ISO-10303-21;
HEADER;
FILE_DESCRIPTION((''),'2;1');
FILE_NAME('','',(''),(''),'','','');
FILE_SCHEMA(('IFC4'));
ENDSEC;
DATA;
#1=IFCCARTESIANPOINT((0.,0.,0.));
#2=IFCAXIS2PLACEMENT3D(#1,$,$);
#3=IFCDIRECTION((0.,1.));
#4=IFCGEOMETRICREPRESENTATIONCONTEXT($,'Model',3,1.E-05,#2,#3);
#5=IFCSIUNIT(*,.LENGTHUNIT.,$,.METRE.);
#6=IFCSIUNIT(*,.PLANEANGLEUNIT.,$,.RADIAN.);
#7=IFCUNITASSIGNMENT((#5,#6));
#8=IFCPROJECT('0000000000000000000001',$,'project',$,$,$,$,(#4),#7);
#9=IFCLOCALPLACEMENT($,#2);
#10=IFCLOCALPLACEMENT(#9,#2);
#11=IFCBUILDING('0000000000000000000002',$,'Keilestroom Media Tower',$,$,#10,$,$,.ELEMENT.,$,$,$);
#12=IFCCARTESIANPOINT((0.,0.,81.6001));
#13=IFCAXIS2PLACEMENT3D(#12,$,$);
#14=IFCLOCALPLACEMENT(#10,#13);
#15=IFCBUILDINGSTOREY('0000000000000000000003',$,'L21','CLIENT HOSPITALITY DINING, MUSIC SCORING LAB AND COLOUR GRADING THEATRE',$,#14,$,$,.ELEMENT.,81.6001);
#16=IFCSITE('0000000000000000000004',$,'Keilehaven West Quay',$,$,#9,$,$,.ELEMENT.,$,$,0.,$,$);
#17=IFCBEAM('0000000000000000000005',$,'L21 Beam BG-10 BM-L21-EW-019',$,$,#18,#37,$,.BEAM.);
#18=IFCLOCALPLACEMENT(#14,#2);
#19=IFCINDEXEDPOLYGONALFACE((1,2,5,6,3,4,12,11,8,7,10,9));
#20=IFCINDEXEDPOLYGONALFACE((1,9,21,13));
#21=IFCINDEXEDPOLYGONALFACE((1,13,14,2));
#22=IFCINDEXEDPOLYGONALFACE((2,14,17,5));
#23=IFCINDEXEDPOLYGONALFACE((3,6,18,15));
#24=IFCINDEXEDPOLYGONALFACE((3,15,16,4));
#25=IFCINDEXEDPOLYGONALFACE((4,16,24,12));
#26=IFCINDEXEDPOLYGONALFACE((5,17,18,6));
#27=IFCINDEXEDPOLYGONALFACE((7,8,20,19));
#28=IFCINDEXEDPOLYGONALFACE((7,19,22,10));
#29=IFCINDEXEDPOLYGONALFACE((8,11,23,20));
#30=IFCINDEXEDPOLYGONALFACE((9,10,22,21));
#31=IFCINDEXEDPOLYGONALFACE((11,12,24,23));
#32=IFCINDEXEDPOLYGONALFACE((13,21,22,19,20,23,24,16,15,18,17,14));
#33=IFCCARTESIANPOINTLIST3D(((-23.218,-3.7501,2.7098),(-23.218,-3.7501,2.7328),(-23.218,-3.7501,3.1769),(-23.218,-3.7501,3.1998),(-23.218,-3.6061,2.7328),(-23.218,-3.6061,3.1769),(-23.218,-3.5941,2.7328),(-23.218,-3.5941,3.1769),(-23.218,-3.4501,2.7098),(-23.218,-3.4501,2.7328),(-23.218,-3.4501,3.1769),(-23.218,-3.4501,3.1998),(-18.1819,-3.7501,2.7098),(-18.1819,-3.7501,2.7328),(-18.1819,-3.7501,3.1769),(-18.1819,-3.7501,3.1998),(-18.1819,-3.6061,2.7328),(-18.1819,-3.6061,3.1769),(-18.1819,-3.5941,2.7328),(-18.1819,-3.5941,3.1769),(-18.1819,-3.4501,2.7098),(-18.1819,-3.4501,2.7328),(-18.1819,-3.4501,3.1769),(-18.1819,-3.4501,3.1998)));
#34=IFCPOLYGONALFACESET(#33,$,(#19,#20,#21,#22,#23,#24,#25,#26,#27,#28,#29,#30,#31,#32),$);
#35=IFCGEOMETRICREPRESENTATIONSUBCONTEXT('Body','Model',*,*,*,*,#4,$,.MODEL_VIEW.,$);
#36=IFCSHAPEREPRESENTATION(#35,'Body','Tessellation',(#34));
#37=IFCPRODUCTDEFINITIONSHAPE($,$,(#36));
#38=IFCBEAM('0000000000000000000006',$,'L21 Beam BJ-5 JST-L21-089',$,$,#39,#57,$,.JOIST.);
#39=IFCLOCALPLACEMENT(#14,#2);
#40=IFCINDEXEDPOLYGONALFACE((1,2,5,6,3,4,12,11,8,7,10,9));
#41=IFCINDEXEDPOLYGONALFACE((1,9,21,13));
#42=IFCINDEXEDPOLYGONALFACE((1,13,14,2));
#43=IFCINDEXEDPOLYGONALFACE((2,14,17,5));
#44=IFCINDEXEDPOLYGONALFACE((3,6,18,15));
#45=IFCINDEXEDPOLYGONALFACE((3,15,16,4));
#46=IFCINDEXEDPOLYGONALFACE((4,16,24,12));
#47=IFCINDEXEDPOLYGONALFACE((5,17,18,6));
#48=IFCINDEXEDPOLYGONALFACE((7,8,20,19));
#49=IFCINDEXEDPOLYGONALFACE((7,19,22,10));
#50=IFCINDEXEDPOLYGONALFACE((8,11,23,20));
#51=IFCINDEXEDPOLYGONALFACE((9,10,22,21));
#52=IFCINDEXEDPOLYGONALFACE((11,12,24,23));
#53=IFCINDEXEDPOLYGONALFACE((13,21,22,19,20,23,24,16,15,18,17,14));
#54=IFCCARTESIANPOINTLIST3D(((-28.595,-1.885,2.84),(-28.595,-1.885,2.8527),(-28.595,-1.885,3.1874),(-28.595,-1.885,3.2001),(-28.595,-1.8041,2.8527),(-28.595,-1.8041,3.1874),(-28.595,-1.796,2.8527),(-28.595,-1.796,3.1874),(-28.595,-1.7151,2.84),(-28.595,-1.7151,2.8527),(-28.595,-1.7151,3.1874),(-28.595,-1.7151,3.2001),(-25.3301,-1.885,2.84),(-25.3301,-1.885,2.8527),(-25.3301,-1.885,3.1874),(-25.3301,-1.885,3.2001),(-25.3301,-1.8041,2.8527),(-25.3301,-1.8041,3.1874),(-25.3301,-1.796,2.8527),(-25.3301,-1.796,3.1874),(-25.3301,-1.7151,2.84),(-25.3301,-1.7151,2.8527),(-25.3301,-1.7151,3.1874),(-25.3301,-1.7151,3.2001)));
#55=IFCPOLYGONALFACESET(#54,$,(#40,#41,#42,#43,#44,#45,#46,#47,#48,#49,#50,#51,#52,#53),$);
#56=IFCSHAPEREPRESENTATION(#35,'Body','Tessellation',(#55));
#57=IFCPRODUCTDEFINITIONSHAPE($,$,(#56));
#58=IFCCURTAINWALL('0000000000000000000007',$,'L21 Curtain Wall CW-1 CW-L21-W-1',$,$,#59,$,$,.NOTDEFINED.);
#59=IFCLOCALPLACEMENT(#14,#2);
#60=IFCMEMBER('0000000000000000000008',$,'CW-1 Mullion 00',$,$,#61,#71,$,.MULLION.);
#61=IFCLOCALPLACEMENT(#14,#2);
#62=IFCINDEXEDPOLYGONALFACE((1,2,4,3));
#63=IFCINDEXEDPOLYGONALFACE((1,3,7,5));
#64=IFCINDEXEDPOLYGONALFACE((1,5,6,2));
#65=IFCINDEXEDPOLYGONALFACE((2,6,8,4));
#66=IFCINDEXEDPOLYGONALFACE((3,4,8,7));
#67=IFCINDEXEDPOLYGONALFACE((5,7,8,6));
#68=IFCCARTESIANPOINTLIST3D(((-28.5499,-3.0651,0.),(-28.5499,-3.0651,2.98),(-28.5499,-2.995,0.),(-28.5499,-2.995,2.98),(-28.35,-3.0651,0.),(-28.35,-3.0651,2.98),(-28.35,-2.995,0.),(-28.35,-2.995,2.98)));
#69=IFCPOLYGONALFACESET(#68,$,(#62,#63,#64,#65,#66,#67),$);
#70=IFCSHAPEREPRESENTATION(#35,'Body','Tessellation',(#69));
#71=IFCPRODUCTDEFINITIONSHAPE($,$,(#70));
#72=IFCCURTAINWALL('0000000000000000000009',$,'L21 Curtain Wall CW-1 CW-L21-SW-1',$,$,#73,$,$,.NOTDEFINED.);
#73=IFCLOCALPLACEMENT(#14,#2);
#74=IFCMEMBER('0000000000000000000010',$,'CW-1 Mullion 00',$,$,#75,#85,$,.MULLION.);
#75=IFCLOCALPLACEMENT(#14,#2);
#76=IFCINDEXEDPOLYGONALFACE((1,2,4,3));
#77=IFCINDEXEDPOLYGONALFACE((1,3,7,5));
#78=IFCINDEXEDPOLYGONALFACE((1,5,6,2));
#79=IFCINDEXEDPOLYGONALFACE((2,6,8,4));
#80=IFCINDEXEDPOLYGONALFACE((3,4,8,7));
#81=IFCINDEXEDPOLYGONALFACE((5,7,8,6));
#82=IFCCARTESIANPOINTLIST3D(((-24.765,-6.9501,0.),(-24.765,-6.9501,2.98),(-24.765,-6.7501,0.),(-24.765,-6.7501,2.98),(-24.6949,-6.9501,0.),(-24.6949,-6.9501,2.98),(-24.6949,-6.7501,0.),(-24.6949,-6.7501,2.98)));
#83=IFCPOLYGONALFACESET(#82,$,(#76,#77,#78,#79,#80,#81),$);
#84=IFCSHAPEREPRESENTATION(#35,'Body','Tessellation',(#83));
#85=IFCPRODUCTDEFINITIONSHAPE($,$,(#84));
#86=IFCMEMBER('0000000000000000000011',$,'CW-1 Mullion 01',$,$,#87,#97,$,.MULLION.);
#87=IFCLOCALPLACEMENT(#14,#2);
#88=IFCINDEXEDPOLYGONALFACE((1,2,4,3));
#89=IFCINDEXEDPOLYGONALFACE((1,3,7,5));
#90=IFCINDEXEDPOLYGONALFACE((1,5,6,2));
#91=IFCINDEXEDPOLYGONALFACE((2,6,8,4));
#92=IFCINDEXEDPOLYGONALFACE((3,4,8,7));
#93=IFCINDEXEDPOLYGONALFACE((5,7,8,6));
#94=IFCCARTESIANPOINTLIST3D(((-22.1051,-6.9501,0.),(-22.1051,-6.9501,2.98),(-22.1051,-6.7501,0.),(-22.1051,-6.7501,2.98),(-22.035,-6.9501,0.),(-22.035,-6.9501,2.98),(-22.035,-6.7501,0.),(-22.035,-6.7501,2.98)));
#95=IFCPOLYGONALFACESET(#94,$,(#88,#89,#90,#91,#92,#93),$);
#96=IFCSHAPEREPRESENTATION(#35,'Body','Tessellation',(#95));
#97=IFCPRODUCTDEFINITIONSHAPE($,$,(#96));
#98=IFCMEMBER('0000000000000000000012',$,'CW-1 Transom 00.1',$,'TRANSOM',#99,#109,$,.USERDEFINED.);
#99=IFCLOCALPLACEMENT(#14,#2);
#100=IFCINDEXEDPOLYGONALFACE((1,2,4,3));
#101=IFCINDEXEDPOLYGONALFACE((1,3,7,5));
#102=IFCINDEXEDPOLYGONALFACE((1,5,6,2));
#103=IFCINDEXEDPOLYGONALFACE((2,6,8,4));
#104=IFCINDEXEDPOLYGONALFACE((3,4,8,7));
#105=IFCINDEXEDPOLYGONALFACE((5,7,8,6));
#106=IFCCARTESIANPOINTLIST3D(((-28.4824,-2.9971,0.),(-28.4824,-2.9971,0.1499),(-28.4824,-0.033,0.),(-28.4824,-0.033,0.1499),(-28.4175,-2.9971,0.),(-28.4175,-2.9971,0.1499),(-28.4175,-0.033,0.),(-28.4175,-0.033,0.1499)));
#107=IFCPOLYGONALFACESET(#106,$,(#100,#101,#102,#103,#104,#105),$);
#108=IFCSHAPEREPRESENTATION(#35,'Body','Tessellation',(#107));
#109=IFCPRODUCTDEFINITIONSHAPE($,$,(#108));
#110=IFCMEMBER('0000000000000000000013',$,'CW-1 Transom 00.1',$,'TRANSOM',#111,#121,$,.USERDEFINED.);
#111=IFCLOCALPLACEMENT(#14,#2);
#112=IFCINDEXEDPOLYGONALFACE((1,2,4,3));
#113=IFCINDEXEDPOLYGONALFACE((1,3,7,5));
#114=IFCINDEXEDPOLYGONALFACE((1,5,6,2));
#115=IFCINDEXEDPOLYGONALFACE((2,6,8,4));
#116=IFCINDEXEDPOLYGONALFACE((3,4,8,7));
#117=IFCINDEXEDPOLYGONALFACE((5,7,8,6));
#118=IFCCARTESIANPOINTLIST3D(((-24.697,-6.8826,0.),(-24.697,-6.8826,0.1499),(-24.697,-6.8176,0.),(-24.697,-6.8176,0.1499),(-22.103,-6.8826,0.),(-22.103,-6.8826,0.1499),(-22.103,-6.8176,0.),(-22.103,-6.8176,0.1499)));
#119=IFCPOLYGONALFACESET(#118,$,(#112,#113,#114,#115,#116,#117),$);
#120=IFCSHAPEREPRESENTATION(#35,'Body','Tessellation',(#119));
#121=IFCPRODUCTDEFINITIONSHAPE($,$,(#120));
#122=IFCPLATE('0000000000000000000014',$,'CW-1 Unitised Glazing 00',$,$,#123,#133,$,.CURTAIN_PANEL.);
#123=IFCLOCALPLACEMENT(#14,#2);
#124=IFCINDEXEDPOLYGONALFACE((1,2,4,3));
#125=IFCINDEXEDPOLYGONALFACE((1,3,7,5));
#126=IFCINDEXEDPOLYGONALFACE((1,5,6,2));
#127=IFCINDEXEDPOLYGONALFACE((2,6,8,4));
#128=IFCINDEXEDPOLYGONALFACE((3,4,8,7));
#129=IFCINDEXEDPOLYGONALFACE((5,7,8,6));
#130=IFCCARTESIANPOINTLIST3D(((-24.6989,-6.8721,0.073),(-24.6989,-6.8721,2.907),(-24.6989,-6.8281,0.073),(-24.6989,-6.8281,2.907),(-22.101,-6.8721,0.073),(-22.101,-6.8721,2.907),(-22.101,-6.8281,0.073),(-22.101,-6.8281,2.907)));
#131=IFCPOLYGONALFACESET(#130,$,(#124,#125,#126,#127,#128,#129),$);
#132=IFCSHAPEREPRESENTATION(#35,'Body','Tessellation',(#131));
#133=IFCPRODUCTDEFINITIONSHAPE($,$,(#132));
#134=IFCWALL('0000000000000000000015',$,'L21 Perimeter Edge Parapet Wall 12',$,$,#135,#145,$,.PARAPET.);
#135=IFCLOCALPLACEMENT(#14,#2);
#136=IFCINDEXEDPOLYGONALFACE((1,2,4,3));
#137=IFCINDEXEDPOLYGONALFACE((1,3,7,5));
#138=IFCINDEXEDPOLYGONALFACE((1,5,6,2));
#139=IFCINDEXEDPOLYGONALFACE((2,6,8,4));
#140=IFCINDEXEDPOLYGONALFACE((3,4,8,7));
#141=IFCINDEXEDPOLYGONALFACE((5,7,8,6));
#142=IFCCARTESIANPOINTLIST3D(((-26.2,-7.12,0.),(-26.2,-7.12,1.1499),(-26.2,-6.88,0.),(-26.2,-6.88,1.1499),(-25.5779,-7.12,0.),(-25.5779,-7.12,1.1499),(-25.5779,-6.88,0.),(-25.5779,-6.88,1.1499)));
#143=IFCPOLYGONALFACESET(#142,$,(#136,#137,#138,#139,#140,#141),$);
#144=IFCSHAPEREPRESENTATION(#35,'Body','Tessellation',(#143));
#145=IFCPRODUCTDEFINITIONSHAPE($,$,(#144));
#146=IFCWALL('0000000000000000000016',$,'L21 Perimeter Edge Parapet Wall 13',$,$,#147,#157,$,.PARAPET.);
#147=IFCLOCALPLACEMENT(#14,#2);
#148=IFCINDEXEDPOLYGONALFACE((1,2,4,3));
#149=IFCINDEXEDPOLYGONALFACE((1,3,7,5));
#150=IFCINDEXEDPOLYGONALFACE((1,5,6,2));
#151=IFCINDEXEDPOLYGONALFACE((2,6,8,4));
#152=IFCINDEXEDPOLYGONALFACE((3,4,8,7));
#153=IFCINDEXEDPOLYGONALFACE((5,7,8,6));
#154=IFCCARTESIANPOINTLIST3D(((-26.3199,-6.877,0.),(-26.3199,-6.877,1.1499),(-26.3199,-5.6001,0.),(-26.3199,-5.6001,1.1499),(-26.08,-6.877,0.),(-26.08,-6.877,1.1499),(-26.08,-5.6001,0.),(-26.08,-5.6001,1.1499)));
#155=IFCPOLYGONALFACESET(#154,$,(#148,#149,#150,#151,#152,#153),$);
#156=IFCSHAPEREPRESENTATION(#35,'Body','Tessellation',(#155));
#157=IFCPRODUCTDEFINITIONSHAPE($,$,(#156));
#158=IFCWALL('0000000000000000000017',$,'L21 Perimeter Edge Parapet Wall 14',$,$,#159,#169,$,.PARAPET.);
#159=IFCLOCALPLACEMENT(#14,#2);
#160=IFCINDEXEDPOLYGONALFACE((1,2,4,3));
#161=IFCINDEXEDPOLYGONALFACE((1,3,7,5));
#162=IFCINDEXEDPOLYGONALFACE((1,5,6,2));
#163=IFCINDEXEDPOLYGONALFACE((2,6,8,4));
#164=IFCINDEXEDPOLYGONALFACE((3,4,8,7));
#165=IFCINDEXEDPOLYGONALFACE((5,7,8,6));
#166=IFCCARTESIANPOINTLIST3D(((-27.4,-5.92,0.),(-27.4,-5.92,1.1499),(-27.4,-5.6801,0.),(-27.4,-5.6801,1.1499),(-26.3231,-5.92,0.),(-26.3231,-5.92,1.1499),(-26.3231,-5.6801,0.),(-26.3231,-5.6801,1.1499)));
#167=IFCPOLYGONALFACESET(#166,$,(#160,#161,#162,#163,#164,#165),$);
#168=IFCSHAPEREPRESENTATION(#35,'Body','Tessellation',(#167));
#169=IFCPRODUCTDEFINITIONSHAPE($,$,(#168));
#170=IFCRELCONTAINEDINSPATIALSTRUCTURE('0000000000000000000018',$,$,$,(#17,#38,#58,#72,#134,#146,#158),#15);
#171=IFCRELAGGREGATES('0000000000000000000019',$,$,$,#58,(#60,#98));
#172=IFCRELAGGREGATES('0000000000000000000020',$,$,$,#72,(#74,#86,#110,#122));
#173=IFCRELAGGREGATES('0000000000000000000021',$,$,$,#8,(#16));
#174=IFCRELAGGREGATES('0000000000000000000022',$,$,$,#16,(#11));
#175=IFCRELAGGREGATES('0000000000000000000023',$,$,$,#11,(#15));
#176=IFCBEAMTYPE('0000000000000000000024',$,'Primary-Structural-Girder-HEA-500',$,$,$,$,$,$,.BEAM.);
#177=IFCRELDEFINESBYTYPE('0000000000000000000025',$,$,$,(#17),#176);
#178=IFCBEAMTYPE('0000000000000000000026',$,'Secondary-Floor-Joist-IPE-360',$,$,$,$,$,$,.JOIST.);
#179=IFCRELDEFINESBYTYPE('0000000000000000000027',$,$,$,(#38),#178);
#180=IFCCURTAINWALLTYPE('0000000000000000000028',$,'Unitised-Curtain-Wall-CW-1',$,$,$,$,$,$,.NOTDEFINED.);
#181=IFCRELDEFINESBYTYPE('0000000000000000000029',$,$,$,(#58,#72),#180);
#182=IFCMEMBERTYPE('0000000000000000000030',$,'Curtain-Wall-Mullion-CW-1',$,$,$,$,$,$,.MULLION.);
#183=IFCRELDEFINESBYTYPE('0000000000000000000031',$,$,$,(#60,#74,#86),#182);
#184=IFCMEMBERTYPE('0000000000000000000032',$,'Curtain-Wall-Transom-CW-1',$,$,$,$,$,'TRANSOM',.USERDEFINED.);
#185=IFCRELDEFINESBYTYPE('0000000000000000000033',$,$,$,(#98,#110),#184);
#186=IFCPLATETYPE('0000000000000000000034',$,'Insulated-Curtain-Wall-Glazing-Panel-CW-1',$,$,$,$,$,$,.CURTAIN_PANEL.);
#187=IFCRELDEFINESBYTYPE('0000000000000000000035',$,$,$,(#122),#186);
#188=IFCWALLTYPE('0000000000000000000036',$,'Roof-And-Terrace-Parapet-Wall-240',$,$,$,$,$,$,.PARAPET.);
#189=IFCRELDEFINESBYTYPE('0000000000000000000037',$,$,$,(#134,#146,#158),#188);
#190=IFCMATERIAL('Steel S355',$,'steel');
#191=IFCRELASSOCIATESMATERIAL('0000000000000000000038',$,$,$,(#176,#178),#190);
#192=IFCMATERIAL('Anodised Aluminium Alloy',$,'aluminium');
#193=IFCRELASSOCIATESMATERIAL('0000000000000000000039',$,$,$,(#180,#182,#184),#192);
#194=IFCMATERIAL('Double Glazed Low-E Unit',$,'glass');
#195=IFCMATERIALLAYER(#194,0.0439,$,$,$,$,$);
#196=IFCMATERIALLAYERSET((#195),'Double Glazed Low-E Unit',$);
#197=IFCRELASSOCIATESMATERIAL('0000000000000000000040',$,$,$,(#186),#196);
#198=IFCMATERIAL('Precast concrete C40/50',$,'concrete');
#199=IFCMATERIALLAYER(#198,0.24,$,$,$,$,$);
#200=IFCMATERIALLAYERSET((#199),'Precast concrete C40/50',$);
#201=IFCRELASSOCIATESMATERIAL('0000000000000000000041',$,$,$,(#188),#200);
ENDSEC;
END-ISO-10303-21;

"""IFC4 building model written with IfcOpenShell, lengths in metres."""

from ifc_helpers import new_model, si_unit, direction, frame, frame_2d, origin, origin_2d, place, context, subcontext, project, spatial, rectangle, i_section, extrude, source, transform, mapped, material, layer, layer_set, material_profile, profile_set, type_object, element, aggregate, save


model = new_model("IFC4")

# Units and contexts
model_context = context("Model", 3, precision=1e-05, world=origin(), true_north=direction((0.0, 1.0)))
body_context = subcontext(model_context, "Body", "Model", "MODEL_VIEW")
ifc_project = project(units=[si_unit("LENGTHUNIT", "METRE"), si_unit("PLANEANGLEUNIT", "RADIAN")], contexts=[model_context])

# Site, building, storey
site_placement = place(None, origin())
site = spatial("IfcSite", under=ifc_project, at=site_placement, Name="Keilehaven West Quay", CompositionType="ELEMENT", RefElevation=0.0)
building_placement = place(site_placement, origin())
building = spatial("IfcBuilding", under=site, at=building_placement, Name="Keilestroom Media Tower", CompositionType="ELEMENT")
storey_placement = place(building_placement, frame((0.0, 0.0, 81.6001)))
storey = spatial("IfcBuildingStorey", under=building, at=storey_placement, Name="L21", Description="CLIENT HOSPITALITY DINING, MUSIC SCORING LAB AND COLOUR GRADING THEATRE", CompositionType="ELEMENT", Elevation=81.6001)

# Shared definitions
ifc_material_1 = material(Name="Precast concrete C40/50", Category="concrete")

# Beams
ifc_material_2 = material(Name="Steel S355", Category="steel")
ifc_material_profile_1 = material_profile(ifc_material_2, i_section(OverallWidth=0.3, OverallDepth=0.49, WebThickness=0.012, FlangeThickness=0.0229, at=origin_2d()), Name="HEA 500")
ifc_profile_set_1 = profile_set([ifc_material_profile_1], Name="Steel S355")
beam_type_1 = type_object("IfcBeamType", Name="Primary-Structural-Girder-HEA-500", PredefinedType="BEAM", material=ifc_profile_set_1)
shared_shape_1 = source(origin(), body_context, "Body", "SweptSolid", [
    extrude(i_section(OverallWidth=0.3, OverallDepth=0.49, WebThickness=0.012, FlangeThickness=0.0229, at=origin_2d()), origin(), (0.0, 0.0, 1.0), 5.0361),
])
beam_1_placement = place(storey_placement, frame((-23.218, -3.6001, 2.9548), z_axis=(1.0, 0.0, 0.0), x_axis=(0.0, 1.0, 0.0)))
element("IfcBeam", 1, at=beam_1_placement, inside=storey, type_object=beam_type_1, Name="L21 Beam BG-10 BM-L21-EW-019", PredefinedType="BEAM", context=body_context, shape_type="MappedRepresentation", body=[
    mapped(shared_shape_1, transform((0.0, 0.0, 0.0), x_axis=(1.0, 0.0, 0.0), y_axis=(0.0, 1.0, 0.0), z_axis=(0.0, 0.0, 1.0), scale=1.0)),
])
ifc_material_profile_2 = material_profile(ifc_material_2, i_section(OverallWidth=0.1699, OverallDepth=0.3601, WebThickness=0.0081, FlangeThickness=0.0127, at=origin_2d()), Name="IPE 360")
ifc_profile_set_2 = profile_set([ifc_material_profile_2], Name="Steel S355")
beam_type_2 = type_object("IfcBeamType", Name="Secondary-Floor-Joist-IPE-360", PredefinedType="JOIST", material=ifc_profile_set_2)
shared_shape_2 = source(origin(), body_context, "Body", "SweptSolid", [
    extrude(i_section(OverallWidth=0.1699, OverallDepth=0.3601, WebThickness=0.0081, FlangeThickness=0.0127, at=origin_2d()), origin(), (0.0, 0.0, 1.0), 3.2649),
])
beam_2_placement = place(storey_placement, frame((-28.595, -1.8, 3.02), z_axis=(1.0, 0.0, 0.0), x_axis=(0.0, 1.0, 0.0)))
element("IfcBeam", 2, at=beam_2_placement, inside=storey, type_object=beam_type_2, Name="L21 Beam BJ-5 JST-L21-089", PredefinedType="JOIST", context=body_context, shape_type="MappedRepresentation", body=[
    mapped(shared_shape_2, transform((0.0, 0.0, 0.0), x_axis=(1.0, 0.0, 0.0), y_axis=(0.0, 1.0, 0.0), z_axis=(0.0, 0.0, 1.0), scale=1.0)),
])

# Curtain wall, member
ifc_material_3 = material(Name="Anodised Aluminium Alloy", Category="aluminium")
curtain_wall_type = type_object("IfcCurtainWallType", Name="Unitised-Curtain-Wall-CW-1", PredefinedType="NOTDEFINED", material=ifc_material_3)
curtain_wall_1_placement = place(storey_placement, origin())
curtain_wall_1 = element("IfcCurtainWall", 3, at=curtain_wall_1_placement, inside=storey, type_object=curtain_wall_type, Name="L21 Curtain Wall CW-1 CW-L21-W-1", PredefinedType="NOTDEFINED")
ifc_material_profile_3 = material_profile(ifc_material_3, rectangle(XDim=0.0701, YDim=0.2, at=origin_2d()), Name="ALU MULLION 70x200")
ifc_profile_set_3 = profile_set([ifc_material_profile_3], Name="Anodised Aluminium Alloy")
member_type_1 = type_object("IfcMemberType", Name="Curtain-Wall-Mullion-CW-1", PredefinedType="MULLION", material=ifc_profile_set_3)
shared_shape_3 = source(origin(), body_context, "Body", "SweptSolid", [
    extrude(rectangle(XDim=0.0701, YDim=0.2, at=origin_2d()), origin(), (0.0, 0.0, 1.0), 2.98),
])
member_1_placement = place(storey_placement, frame((-28.45, -3.03, 0.0), z_axis=(0.0, 0.0, 1.0), x_axis=(0.0, 1.0, 0.0)))
member_1 = element("IfcMember", 4, at=member_1_placement, type_object=member_type_1, Name="CW-1 Mullion 00", PredefinedType="MULLION", context=body_context, shape_type="MappedRepresentation", body=[
    mapped(shared_shape_3, transform((0.0, 0.0, 0.0), x_axis=(1.0, 0.0, 0.0), y_axis=(0.0, 1.0, 0.0), z_axis=(0.0, 0.0, 1.0), scale=1.0)),
])

# Curtain wall, members
curtain_wall_2_placement = place(storey_placement, origin())
curtain_wall_2 = element("IfcCurtainWall", 5, at=curtain_wall_2_placement, inside=storey, type_object=curtain_wall_type, Name="L21 Curtain Wall CW-1 CW-L21-SW-1", PredefinedType="NOTDEFINED")
member_2_placement = place(storey_placement, frame((-24.73, -6.8501, 0.0), z_axis=(0.0, 0.0, 1.0), x_axis=(1.0, 0.0, 0.0)))
member_2 = element("IfcMember", 6, at=member_2_placement, type_object=member_type_1, Name="CW-1 Mullion 00", PredefinedType="MULLION", context=body_context, shape_type="MappedRepresentation", body=[
    mapped(shared_shape_3, transform((0.0, 0.0, 0.0), x_axis=(1.0, 0.0, 0.0), y_axis=(0.0, 1.0, 0.0), z_axis=(0.0, 0.0, 1.0), scale=1.0)),
])
member_3_placement = place(storey_placement, frame((-22.0701, -6.8501, 0.0), z_axis=(0.0, 0.0, 1.0), x_axis=(1.0, 0.0, 0.0)))
member_3 = element("IfcMember", 7, at=member_3_placement, type_object=member_type_1, Name="CW-1 Mullion 01", PredefinedType="MULLION", context=body_context, shape_type="MappedRepresentation", body=[
    mapped(shared_shape_3, transform((0.0, 0.0, 0.0), x_axis=(1.0, 0.0, 0.0), y_axis=(0.0, 1.0, 0.0), z_axis=(0.0, 0.0, 1.0), scale=1.0)),
])

# Members
ifc_material_profile_4 = material_profile(ifc_material_3, rectangle(XDim=0.0649, YDim=0.1499, at=origin_2d()), Name="ALU TRANSOM 65x150")
ifc_profile_set_4 = profile_set([ifc_material_profile_4], Name="Anodised Aluminium Alloy")
member_type_2 = type_object("IfcMemberType", Name="Curtain-Wall-Transom-CW-1", ElementType="TRANSOM", PredefinedType="USERDEFINED", material=ifc_profile_set_4)
shared_shape_4 = source(origin(), body_context, "Body", "SweptSolid", [
    extrude(rectangle(XDim=0.0649, YDim=0.1499, at=origin_2d()), origin(), (0.0, 0.0, 1.0), 2.9641),
])
member_4_placement = place(storey_placement, frame((-28.45, -2.9971, 0.075), z_axis=(0.0, 1.0, 0.0), x_axis=(-1.0, 0.0, 0.0)))
member_4 = element("IfcMember", 8, at=member_4_placement, type_object=member_type_2, Name="CW-1 Transom 00.1", ObjectType="TRANSOM", PredefinedType="USERDEFINED", context=body_context, shape_type="MappedRepresentation", body=[
    mapped(shared_shape_4, transform((0.0, 0.0, 0.0), x_axis=(1.0, 0.0, 0.0), y_axis=(0.0, 1.0, 0.0), z_axis=(0.0, 0.0, 1.0), scale=1.0)),
])
aggregate(curtain_wall_1, [member_1, member_4])
shared_shape_5 = source(origin(), body_context, "Body", "SweptSolid", [
    extrude(rectangle(XDim=0.0649, YDim=0.1499, at=origin_2d()), origin(), (0.0, 0.0, 1.0), 2.594),
])
member_5_placement = place(storey_placement, frame((-24.697, -6.8501, 0.075), z_axis=(1.0, 0.0, 0.0), x_axis=(0.0, 1.0, 0.0)))
member_5 = element("IfcMember", 9, at=member_5_placement, type_object=member_type_2, Name="CW-1 Transom 00.1", ObjectType="TRANSOM", PredefinedType="USERDEFINED", context=body_context, shape_type="MappedRepresentation", body=[
    mapped(shared_shape_5, transform((0.0, 0.0, 0.0), x_axis=(1.0, 0.0, 0.0), y_axis=(0.0, 1.0, 0.0), z_axis=(0.0, 0.0, 1.0), scale=1.0)),
])

# Plate
ifc_material_4 = material(Name="Double Glazed Low-E Unit", Category="glass")
ifc_layer_1 = layer(ifc_material_4, 0.0439)
ifc_layer_set_1 = layer_set([ifc_layer_1], Name="Double Glazed Low-E Unit")
plate_type = type_object("IfcPlateType", Name="Insulated-Curtain-Wall-Glazing-Panel-CW-1", PredefinedType="CURTAIN_PANEL", material=ifc_layer_set_1)
shared_shape_6 = source(origin(), body_context, "Body", "SweptSolid", [
    extrude(rectangle(XDim=2.5979, YDim=0.0439, at=origin_2d()), origin(), (0.0, 0.0, 1.0), 2.834),
])
plate_placement = place(storey_placement, frame((-23.3999, -6.8501, 0.073), z_axis=(0.0, 0.0, 1.0), x_axis=(1.0, 0.0, 0.0)))
plate = element("IfcPlate", 10, at=plate_placement, type_object=plate_type, Name="CW-1 Unitised Glazing 00", PredefinedType="CURTAIN_PANEL", context=body_context, shape_type="MappedRepresentation", body=[
    mapped(shared_shape_6, transform((0.0, 0.0, 0.0), x_axis=(1.0, 0.0, 0.0), y_axis=(0.0, 1.0, 0.0), z_axis=(0.0, 0.0, 1.0), scale=1.0)),
])
aggregate(curtain_wall_2, [member_2, member_3, member_5, plate])

# Walls
ifc_layer_2 = layer(ifc_material_1, 0.24)
ifc_layer_set_2 = layer_set([ifc_layer_2], Name="Precast concrete C40/50")
wall_type = type_object("IfcWallType", Name="Roof-And-Terrace-Parapet-Wall-240", PredefinedType="PARAPET", material=ifc_layer_set_2)
wall_1_placement = place(storey_placement, frame((-25.5779, -7.0, 0.0), z_axis=(0.0, 0.0, 1.0), x_axis=(-1.0, 0.0, 0.0)))
element("IfcWall", 11, at=wall_1_placement, inside=storey, type_object=wall_type, Name="L21 Perimeter Edge Parapet Wall 12", PredefinedType="PARAPET", context=body_context, shape_type="SweptSolid", body=[
    extrude(rectangle(XDim=0.6221, YDim=0.24, at=frame_2d((0.311, 0.0))), origin(), (0.0, 0.0, 1.0), 1.1499),
])
wall_2_placement = place(storey_placement, frame((-26.2, -6.877, 0.0), z_axis=(0.0, 0.0, 1.0), x_axis=(0.0, 1.0, 0.0)))
element("IfcWall", 12, at=wall_2_placement, inside=storey, type_object=wall_type, Name="L21 Perimeter Edge Parapet Wall 13", PredefinedType="PARAPET", context=body_context, shape_type="SweptSolid", body=[
    extrude(rectangle(XDim=1.2769, YDim=0.24, at=frame_2d((0.6384, 0.0))), origin(), (0.0, 0.0, 1.0), 1.1499),
])
wall_3_placement = place(storey_placement, frame((-26.323, -5.8, 0.0), z_axis=(0.0, 0.0, 1.0), x_axis=(-1.0, 0.0, 0.0)))
element("IfcWall", 13, at=wall_3_placement, inside=storey, type_object=wall_type, Name="L21 Perimeter Edge Parapet Wall 14", PredefinedType="PARAPET", context=body_context, shape_type="SweptSolid", body=[
    extrude(rectangle(XDim=1.0769, YDim=0.24, at=frame_2d((0.5386, 0.0))), origin(), (0.0, 0.0, 1.0), 1.1499),
])

save(model, "model.ifc")
